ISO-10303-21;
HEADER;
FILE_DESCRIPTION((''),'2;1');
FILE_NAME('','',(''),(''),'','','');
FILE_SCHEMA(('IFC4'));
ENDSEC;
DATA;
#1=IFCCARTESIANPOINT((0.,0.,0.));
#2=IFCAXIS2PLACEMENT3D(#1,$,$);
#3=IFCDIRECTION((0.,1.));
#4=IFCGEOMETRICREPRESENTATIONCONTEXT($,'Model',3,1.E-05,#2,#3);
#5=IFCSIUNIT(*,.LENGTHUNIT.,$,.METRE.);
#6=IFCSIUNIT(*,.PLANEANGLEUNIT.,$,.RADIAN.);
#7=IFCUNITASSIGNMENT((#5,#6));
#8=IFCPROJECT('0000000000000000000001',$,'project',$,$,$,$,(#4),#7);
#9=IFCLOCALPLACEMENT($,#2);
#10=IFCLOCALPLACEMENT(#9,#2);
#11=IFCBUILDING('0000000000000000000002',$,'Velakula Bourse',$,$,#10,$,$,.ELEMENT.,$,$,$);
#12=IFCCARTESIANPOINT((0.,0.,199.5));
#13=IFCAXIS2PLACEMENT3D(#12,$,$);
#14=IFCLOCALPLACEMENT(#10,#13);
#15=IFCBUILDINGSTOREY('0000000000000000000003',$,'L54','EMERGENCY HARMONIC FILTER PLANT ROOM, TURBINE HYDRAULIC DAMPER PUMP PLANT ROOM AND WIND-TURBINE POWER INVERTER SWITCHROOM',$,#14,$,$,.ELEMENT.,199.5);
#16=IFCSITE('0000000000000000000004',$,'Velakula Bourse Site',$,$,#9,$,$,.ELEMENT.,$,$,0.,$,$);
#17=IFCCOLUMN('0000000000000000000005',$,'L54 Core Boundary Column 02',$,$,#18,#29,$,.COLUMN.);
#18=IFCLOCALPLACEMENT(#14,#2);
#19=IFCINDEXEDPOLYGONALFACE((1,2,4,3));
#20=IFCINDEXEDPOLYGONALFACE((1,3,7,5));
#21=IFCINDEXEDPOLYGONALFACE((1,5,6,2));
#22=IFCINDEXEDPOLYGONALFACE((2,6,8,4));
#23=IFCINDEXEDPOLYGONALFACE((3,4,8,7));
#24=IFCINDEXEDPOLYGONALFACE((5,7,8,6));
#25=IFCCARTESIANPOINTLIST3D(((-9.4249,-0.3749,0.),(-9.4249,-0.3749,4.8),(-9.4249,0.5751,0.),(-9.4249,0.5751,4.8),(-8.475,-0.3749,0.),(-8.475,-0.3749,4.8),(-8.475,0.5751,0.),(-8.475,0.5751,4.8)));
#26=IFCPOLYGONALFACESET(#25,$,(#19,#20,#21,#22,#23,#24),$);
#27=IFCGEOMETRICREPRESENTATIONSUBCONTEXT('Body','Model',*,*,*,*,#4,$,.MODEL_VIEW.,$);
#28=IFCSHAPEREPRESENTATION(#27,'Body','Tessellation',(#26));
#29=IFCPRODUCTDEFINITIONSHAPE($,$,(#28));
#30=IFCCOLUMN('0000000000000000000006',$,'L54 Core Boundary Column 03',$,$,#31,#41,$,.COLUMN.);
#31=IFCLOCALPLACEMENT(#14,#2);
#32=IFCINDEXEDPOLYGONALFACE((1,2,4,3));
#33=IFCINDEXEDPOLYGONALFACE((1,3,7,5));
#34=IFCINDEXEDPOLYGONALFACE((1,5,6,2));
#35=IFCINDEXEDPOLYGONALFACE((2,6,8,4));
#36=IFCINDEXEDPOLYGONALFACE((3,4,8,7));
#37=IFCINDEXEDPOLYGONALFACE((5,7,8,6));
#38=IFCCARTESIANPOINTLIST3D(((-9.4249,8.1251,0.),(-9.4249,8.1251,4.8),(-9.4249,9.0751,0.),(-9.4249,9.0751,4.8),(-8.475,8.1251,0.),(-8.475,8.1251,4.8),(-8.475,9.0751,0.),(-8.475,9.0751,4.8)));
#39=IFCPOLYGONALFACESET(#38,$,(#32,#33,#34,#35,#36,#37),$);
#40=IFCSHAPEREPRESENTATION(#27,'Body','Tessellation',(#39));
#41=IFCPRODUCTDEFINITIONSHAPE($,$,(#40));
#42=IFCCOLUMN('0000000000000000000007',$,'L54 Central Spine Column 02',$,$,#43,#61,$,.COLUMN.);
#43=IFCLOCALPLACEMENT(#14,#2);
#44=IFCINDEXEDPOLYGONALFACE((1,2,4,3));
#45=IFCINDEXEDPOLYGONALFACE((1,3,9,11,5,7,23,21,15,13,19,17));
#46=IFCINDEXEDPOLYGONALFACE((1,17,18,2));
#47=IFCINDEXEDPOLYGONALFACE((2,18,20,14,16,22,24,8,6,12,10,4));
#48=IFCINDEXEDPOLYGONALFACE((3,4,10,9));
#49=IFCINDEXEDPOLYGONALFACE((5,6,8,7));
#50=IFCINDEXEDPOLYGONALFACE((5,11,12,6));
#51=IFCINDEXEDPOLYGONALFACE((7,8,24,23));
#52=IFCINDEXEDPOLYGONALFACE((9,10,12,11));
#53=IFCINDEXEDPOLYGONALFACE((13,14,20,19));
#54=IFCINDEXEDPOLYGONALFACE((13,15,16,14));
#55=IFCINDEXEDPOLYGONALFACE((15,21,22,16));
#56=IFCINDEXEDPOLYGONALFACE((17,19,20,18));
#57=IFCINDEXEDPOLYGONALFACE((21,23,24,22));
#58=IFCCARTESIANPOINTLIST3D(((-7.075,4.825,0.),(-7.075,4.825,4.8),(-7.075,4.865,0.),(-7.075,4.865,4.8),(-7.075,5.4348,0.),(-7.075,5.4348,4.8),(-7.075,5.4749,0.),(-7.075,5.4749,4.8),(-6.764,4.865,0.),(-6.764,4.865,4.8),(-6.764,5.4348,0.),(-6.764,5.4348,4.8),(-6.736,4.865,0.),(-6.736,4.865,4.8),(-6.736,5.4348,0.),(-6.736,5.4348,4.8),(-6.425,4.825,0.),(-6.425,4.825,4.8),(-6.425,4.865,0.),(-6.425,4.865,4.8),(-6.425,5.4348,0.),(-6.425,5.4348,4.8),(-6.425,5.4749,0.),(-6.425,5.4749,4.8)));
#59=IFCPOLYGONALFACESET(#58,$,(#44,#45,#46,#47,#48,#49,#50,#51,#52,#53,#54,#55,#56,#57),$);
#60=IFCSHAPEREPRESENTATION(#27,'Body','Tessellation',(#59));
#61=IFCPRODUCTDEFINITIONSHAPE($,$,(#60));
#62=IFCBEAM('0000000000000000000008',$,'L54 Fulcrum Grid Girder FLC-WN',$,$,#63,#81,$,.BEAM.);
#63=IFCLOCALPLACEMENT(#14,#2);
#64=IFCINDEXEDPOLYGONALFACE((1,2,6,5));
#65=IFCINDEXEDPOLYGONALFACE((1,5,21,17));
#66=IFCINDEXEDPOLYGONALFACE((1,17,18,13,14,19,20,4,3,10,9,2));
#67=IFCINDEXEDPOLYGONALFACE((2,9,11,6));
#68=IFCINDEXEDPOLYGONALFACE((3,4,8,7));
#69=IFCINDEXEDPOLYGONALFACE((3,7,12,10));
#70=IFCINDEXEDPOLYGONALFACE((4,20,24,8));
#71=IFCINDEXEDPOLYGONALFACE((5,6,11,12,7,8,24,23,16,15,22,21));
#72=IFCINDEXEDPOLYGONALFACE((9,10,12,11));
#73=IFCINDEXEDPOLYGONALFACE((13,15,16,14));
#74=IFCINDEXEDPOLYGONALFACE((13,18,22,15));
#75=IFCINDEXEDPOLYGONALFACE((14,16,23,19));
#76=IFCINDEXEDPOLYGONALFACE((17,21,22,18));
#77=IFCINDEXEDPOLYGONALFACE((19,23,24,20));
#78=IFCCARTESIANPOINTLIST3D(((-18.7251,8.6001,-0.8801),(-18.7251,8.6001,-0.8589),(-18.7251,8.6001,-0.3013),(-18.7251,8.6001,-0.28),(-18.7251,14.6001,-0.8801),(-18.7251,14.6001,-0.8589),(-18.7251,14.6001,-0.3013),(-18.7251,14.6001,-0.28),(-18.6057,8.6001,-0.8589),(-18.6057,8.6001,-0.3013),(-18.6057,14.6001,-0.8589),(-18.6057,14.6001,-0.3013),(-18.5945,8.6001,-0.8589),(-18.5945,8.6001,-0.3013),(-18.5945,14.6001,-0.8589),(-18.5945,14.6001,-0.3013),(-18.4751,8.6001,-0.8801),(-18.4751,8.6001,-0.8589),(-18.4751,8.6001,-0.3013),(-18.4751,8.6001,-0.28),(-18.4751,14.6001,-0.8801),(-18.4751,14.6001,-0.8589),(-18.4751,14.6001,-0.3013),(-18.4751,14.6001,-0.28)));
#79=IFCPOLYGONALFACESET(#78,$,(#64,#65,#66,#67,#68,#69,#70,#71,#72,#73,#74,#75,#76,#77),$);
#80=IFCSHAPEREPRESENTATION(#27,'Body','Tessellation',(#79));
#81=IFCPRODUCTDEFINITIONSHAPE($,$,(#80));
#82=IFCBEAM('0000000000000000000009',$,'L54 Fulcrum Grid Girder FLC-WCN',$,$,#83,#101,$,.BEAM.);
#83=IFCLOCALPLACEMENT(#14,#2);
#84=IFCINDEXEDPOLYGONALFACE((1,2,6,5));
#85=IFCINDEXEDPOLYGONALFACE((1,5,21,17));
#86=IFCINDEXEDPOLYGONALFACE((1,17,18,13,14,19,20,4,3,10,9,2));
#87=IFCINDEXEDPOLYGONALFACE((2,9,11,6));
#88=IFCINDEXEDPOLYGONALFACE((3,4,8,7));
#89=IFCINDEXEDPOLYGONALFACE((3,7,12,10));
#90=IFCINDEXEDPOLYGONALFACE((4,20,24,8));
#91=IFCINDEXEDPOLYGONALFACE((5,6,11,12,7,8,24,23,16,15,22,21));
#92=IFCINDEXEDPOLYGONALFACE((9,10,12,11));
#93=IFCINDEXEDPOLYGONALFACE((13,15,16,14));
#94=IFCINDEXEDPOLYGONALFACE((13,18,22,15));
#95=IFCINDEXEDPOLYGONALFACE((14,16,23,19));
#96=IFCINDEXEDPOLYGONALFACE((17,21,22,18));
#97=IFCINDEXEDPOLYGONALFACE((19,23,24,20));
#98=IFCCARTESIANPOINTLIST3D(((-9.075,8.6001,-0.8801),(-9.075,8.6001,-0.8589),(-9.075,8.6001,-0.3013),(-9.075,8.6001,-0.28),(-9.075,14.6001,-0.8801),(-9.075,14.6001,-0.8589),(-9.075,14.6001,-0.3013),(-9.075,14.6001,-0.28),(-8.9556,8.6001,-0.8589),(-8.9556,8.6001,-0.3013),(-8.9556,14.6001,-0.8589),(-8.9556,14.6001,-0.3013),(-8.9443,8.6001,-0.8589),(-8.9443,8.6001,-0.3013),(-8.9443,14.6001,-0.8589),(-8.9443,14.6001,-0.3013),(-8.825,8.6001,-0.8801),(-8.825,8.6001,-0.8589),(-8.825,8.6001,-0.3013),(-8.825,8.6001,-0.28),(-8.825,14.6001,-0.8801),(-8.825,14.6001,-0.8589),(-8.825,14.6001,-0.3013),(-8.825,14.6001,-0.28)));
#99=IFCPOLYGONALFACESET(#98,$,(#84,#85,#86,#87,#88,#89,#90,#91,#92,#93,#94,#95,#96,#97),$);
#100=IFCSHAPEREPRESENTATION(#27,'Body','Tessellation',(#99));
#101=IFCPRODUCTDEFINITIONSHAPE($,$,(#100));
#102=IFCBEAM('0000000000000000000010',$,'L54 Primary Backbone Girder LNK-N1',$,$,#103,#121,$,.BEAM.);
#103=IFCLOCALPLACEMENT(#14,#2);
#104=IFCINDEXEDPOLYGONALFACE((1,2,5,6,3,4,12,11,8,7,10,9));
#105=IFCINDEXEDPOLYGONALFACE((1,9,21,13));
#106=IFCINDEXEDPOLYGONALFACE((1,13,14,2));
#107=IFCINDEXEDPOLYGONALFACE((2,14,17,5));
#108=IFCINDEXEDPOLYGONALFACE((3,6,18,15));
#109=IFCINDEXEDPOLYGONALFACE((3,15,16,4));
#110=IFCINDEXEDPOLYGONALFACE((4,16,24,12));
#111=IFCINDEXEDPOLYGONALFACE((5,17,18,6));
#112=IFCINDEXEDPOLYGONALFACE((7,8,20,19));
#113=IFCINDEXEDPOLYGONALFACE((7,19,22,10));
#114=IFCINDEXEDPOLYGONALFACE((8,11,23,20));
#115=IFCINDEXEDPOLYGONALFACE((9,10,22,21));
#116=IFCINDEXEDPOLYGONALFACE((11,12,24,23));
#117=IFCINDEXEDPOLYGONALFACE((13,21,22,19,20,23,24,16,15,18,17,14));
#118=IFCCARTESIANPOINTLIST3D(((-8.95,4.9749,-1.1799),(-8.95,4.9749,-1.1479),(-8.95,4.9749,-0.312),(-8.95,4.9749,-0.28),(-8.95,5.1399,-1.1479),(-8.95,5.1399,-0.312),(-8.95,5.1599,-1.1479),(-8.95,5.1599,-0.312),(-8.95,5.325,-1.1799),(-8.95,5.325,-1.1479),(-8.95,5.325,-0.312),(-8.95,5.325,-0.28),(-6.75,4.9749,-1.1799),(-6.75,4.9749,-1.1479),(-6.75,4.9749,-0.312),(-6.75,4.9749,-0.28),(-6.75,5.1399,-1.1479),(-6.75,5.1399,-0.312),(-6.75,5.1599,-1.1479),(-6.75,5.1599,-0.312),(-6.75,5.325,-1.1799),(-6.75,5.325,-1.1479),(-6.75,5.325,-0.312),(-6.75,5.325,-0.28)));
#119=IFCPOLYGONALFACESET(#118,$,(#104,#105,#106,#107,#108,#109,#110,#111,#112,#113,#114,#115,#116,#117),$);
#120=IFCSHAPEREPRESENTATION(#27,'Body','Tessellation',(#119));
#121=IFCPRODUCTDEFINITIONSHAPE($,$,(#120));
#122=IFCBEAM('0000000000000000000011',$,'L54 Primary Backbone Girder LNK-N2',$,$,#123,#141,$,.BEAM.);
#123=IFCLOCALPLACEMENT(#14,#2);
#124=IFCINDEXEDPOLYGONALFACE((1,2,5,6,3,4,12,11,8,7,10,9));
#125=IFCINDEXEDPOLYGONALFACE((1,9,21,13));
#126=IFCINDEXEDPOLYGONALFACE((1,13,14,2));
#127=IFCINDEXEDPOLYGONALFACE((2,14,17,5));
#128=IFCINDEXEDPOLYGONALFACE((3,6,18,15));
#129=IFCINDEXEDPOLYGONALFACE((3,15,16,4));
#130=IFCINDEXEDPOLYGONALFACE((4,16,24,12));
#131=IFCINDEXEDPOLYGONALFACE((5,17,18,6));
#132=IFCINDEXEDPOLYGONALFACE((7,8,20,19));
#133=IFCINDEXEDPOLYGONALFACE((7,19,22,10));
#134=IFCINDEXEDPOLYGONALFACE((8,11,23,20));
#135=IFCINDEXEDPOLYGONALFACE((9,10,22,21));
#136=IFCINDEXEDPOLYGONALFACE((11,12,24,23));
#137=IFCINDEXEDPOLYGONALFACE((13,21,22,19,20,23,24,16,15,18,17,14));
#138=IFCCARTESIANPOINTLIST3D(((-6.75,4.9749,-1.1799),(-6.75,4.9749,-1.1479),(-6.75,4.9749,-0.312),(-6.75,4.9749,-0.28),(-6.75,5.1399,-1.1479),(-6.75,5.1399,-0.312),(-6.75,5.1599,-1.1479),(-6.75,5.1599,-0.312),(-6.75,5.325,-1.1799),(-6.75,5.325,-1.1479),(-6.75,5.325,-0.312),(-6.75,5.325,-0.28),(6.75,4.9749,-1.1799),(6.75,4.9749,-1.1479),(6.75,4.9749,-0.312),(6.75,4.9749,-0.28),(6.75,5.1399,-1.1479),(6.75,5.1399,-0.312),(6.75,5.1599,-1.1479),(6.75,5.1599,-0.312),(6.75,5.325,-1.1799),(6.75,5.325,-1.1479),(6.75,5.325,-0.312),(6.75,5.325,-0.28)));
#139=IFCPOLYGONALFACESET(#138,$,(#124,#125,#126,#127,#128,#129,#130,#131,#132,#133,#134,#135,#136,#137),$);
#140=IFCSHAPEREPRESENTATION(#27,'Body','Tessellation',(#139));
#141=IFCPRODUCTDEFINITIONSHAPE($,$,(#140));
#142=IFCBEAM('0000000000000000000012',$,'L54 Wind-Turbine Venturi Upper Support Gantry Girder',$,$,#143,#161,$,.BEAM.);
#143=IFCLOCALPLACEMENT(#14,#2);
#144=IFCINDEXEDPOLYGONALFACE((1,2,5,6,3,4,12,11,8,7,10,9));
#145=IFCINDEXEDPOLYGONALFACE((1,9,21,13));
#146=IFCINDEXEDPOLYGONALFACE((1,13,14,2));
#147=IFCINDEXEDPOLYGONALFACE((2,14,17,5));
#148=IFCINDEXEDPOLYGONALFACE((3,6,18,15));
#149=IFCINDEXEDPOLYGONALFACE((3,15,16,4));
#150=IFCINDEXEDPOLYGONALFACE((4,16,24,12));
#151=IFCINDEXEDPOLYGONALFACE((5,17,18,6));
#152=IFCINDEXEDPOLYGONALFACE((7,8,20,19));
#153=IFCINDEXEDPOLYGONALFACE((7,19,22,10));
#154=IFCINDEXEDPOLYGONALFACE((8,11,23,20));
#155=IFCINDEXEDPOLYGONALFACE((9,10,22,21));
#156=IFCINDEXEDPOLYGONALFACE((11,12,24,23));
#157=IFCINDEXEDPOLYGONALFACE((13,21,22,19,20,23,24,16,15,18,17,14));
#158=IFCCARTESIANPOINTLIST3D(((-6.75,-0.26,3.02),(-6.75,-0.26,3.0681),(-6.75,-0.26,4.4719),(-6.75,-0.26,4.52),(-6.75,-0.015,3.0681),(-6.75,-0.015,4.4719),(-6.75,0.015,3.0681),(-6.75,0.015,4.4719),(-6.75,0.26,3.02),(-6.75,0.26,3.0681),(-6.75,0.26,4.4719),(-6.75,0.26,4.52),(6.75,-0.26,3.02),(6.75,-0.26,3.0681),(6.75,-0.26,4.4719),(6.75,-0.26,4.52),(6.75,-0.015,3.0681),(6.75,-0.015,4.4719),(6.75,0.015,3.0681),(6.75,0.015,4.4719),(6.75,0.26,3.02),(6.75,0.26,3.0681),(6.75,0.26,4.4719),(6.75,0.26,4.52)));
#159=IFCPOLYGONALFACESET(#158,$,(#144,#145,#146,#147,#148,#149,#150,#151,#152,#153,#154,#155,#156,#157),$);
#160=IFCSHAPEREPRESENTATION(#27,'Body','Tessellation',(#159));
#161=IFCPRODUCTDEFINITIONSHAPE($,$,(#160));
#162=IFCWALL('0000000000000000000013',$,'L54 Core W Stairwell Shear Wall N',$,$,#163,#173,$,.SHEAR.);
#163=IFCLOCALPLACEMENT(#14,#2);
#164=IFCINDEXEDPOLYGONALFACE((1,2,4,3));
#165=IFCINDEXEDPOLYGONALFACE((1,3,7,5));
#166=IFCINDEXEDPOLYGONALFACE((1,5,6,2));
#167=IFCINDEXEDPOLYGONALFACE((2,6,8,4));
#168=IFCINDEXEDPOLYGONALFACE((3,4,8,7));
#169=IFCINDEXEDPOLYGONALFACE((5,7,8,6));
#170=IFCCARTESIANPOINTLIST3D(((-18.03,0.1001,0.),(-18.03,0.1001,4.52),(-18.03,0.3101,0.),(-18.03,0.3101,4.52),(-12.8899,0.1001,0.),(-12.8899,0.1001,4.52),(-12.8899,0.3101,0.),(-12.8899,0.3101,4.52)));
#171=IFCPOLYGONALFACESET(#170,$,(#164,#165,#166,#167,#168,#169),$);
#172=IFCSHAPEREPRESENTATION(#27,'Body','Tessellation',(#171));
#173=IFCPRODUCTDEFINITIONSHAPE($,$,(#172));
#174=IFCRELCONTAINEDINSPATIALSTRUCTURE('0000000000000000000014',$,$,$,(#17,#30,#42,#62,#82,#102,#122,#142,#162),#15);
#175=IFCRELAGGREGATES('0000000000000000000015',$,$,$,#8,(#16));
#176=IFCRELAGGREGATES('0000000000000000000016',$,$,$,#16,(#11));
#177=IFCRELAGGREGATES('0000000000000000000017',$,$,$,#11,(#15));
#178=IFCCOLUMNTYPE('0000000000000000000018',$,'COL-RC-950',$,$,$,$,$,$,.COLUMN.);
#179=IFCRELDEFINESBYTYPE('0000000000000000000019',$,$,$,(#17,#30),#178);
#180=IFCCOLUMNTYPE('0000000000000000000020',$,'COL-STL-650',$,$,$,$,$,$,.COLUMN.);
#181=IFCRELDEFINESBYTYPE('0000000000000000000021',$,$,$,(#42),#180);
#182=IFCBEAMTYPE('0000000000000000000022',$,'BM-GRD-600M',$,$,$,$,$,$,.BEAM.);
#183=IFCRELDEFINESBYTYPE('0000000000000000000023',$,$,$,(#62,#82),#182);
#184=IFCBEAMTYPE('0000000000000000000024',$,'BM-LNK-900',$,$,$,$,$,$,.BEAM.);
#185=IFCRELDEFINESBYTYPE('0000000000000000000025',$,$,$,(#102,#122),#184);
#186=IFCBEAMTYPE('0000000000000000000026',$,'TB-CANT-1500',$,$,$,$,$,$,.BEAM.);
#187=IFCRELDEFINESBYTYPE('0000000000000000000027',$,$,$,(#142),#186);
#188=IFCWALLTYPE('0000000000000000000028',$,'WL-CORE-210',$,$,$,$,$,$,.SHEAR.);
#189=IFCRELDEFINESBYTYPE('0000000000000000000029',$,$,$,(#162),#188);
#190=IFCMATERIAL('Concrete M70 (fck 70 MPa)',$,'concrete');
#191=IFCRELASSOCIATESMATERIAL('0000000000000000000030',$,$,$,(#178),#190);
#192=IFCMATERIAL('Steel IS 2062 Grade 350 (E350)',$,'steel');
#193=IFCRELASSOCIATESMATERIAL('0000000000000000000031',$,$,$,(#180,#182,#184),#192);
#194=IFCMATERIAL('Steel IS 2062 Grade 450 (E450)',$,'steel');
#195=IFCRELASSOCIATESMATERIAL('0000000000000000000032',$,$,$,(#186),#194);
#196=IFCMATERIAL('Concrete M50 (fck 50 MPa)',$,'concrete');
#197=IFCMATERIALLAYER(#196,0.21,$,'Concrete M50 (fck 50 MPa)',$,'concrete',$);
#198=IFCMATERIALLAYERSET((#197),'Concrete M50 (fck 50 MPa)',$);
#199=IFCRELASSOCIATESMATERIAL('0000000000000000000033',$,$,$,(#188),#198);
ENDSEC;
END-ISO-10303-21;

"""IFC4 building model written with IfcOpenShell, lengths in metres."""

from ifc_helpers import new_model, si_unit, direction, frame, frame_2d, origin, origin_2d, place, context, subcontext, project, spatial, rectangle, i_section, extrude, material, layer, layer_set, material_profile, profile_set, type_object, element, save


model = new_model("IFC4")

# Units and contexts
model_context = context("Model", 3, precision=1e-05, world=origin(), true_north=direction((0.0, 1.0)))
body_context = subcontext(model_context, "Body", "Model", "MODEL_VIEW")
ifc_project = project(units=[si_unit("LENGTHUNIT", "METRE"), si_unit("PLANEANGLEUNIT", "RADIAN")], contexts=[model_context])

# Site, building, storey
site_placement = place(None, origin())
site = spatial("IfcSite", under=ifc_project, at=site_placement, Name="Velakula Bourse Site", CompositionType="ELEMENT", RefElevation=0.0)
building_placement = place(site_placement, origin())
building = spatial("IfcBuilding", under=site, at=building_placement, Name="Velakula Bourse", CompositionType="ELEMENT")
storey_placement = place(building_placement, frame((0.0, 0.0, 199.5)))
storey = spatial("IfcBuildingStorey", under=building, at=storey_placement, Name="L54", Description="EMERGENCY HARMONIC FILTER PLANT ROOM, TURBINE HYDRAULIC DAMPER PUMP PLANT ROOM AND WIND-TURBINE POWER INVERTER SWITCHROOM", CompositionType="ELEMENT", Elevation=199.5)

# Columns
ifc_material_1 = material(Name="Concrete M70 (fck 70 MPa)", Category="concrete")
ifc_material_profile_1 = material_profile(ifc_material_1, rectangle(XDim=0.95, YDim=0.95, at=origin_2d()), Name="Concrete M70 (fck 70 MPa)")
ifc_profile_set_1 = profile_set([ifc_material_profile_1], Name="Concrete M70 (fck 70 MPa)")
column_type_1 = type_object("IfcColumnType", Name="COL-RC-950", PredefinedType="COLUMN", material=ifc_profile_set_1)
for number, where, z_axis, x_axis, name in (
    (1, (-8.95, 0.1001, 0.0), (0.0, 0.0, 1.0), (1.0, 0.0, 0.0), "L54 Core Boundary Column 02"),
    (2, (-8.95, 8.6001, 0.0), (0.0, 0.0, 1.0), (1.0, 0.0, 0.0), "L54 Core Boundary Column 03"),
):
    element("IfcColumn", number, at=place(storey_placement, frame(where, z_axis=z_axis, x_axis=x_axis)), inside=storey, type_object=column_type_1, Name=name, PredefinedType="COLUMN", context=body_context, shape_type="SweptSolid", body=[
        extrude(rectangle(XDim=0.95, YDim=0.95, at=origin_2d()), origin(), (0.0, 0.0, 1.0), 4.8),
    ])
ifc_material_2 = material(Name="Steel IS 2062 Grade 350 (E350)", Category="steel")
ifc_material_profile_2 = material_profile(ifc_material_2, i_section(OverallWidth=0.6499, OverallDepth=0.6499, WebThickness=0.0281, FlangeThickness=0.04, at=origin_2d()), Name="Steel IS 2062 Grade 350 (E350)")
ifc_profile_set_2 = profile_set([ifc_material_profile_2], Name="Steel IS 2062 Grade 350 (E350)")
column_type_2 = type_object("IfcColumnType", Name="COL-STL-650", PredefinedType="COLUMN", material=ifc_profile_set_2)
column_placement = place(storey_placement, frame((-6.75, 5.1499, 0.0), z_axis=(0.0, 0.0, 1.0), x_axis=(1.0, 0.0, 0.0)))
element("IfcColumn", 3, at=column_placement, inside=storey, type_object=column_type_2, Name="L54 Central Spine Column 02", PredefinedType="COLUMN", context=body_context, shape_type="SweptSolid", body=[
    extrude(i_section(OverallWidth=0.6499, OverallDepth=0.6499, WebThickness=0.0281, FlangeThickness=0.04, at=origin_2d()), origin(), (0.0, 0.0, 1.0), 4.8),
])

# Beams
ifc_material_profile_3 = material_profile(ifc_material_2, i_section(OverallWidth=0.25, OverallDepth=0.6001, WebThickness=0.0112, FlangeThickness=0.0212, at=origin_2d()), Name="Steel IS 2062 Grade 350 (E350)")
ifc_profile_set_3 = profile_set([ifc_material_profile_3], Name="Steel IS 2062 Grade 350 (E350)")
beam_type_1 = type_object("IfcBeamType", Name="BM-GRD-600M", PredefinedType="BEAM", material=ifc_profile_set_3)
for number, where, z_axis, x_axis, name in (
    (4, (-18.6001, 8.6001, -0.5801), (0.0, 1.0, 0.0), (-1.0, 0.0, 0.0), "L54 Fulcrum Grid Girder FLC-WN"),
    (5, (-8.95, 8.6001, -0.5801), (0.0, 1.0, 0.0), (-1.0, 0.0, 0.0), "L54 Fulcrum Grid Girder FLC-WCN"),
):
    element("IfcBeam", number, at=place(storey_placement, frame(where, z_axis=z_axis, x_axis=x_axis)), inside=storey, type_object=beam_type_1, Name=name, PredefinedType="BEAM", context=body_context, shape_type="SweptSolid", body=[
        extrude(i_section(OverallWidth=0.25, OverallDepth=0.6001, WebThickness=0.0112, FlangeThickness=0.0212, at=origin_2d()), origin(), (0.0, 0.0, 1.0), 6.0),
    ])
ifc_material_profile_4 = material_profile(ifc_material_2, i_section(OverallWidth=0.3501, OverallDepth=0.8999, WebThickness=0.02, FlangeThickness=0.032, at=origin_2d()), Name="Steel IS 2062 Grade 350 (E350)")
ifc_profile_set_4 = profile_set([ifc_material_profile_4], Name="Steel IS 2062 Grade 350 (E350)")
beam_type_2 = type_object("IfcBeamType", Name="BM-LNK-900", PredefinedType="BEAM", material=ifc_profile_set_4)
beam_1_placement = place(storey_placement, frame((-8.95, 5.1499, -0.73), z_axis=(1.0, 0.0, 0.0), x_axis=(0.0, 1.0, 0.0)))
element("IfcBeam", 6, at=beam_1_placement, inside=storey, type_object=beam_type_2, Name="L54 Primary Backbone Girder LNK-N1", PredefinedType="BEAM", context=body_context, shape_type="SweptSolid", body=[
    extrude(i_section(OverallWidth=0.3501, OverallDepth=0.8999, WebThickness=0.02, FlangeThickness=0.032, at=origin_2d()), origin(), (0.0, 0.0, 1.0), 2.2),
])
beam_2_placement = place(storey_placement, frame((-6.75, 5.1499, -0.73), z_axis=(1.0, 0.0, 0.0), x_axis=(0.0, 1.0, 0.0)))
element("IfcBeam", 7, at=beam_2_placement, inside=storey, type_object=beam_type_2, Name="L54 Primary Backbone Girder LNK-N2", PredefinedType="BEAM", context=body_context, shape_type="SweptSolid", body=[
    extrude(i_section(OverallWidth=0.3501, OverallDepth=0.8999, WebThickness=0.02, FlangeThickness=0.032, at=origin_2d()), origin(), (0.0, 0.0, 1.0), 13.5),
])
ifc_material_3 = material(Name="Steel IS 2062 Grade 450 (E450)", Category="steel")
ifc_material_profile_5 = material_profile(ifc_material_3, i_section(OverallWidth=0.52, OverallDepth=1.5, WebThickness=0.03, FlangeThickness=0.0481, at=origin_2d()), Name="Steel IS 2062 Grade 450 (E450)")
ifc_profile_set_5 = profile_set([ifc_material_profile_5], Name="Steel IS 2062 Grade 450 (E450)")
beam_type_3 = type_object("IfcBeamType", Name="TB-CANT-1500", PredefinedType="BEAM", material=ifc_profile_set_5)
beam_3_placement = place(storey_placement, frame((-6.75, 0.0, 3.77), z_axis=(1.0, 0.0, 0.0), x_axis=(0.0, 1.0, 0.0)))
element("IfcBeam", 8, at=beam_3_placement, inside=storey, type_object=beam_type_3, Name="L54 Wind-Turbine Venturi Upper Support Gantry Girder", PredefinedType="BEAM", context=body_context, shape_type="SweptSolid", body=[
    extrude(i_section(OverallWidth=0.52, OverallDepth=1.5, WebThickness=0.03, FlangeThickness=0.0481, at=origin_2d()), origin(), (0.0, 0.0, 1.0), 13.5),
])

# Wall
ifc_material_4 = material(Name="Concrete M50 (fck 50 MPa)", Category="concrete")
ifc_layer_1 = layer(ifc_material_4, 0.21, Name="Concrete M50 (fck 50 MPa)", Category="concrete")
ifc_layer_set_1 = layer_set([ifc_layer_1], Name="Concrete M50 (fck 50 MPa)")
wall_type_1 = type_object("IfcWallType", Name="WL-CORE-210", PredefinedType="SHEAR", material=ifc_layer_set_1)
wall_1_placement = place(storey_placement, frame((-12.8899, 0.2051, 0.0), z_axis=(0.0, 0.0, 1.0), x_axis=(-1.0, 0.0, 0.0)))
element("IfcWall", 9, at=wall_1_placement, inside=storey, type_object=wall_type_1, Name="L54 Core W Stairwell Shear Wall N", PredefinedType="SHEAR", context=body_context, shape_type="SweptSolid", body=[
    extrude(rectangle(XDim=5.1401, YDim=0.21, at=frame_2d((2.5701, 0.0))), origin(), (0.0, 0.0, 1.0), 4.52),
])

save(model, "model.ifc")
